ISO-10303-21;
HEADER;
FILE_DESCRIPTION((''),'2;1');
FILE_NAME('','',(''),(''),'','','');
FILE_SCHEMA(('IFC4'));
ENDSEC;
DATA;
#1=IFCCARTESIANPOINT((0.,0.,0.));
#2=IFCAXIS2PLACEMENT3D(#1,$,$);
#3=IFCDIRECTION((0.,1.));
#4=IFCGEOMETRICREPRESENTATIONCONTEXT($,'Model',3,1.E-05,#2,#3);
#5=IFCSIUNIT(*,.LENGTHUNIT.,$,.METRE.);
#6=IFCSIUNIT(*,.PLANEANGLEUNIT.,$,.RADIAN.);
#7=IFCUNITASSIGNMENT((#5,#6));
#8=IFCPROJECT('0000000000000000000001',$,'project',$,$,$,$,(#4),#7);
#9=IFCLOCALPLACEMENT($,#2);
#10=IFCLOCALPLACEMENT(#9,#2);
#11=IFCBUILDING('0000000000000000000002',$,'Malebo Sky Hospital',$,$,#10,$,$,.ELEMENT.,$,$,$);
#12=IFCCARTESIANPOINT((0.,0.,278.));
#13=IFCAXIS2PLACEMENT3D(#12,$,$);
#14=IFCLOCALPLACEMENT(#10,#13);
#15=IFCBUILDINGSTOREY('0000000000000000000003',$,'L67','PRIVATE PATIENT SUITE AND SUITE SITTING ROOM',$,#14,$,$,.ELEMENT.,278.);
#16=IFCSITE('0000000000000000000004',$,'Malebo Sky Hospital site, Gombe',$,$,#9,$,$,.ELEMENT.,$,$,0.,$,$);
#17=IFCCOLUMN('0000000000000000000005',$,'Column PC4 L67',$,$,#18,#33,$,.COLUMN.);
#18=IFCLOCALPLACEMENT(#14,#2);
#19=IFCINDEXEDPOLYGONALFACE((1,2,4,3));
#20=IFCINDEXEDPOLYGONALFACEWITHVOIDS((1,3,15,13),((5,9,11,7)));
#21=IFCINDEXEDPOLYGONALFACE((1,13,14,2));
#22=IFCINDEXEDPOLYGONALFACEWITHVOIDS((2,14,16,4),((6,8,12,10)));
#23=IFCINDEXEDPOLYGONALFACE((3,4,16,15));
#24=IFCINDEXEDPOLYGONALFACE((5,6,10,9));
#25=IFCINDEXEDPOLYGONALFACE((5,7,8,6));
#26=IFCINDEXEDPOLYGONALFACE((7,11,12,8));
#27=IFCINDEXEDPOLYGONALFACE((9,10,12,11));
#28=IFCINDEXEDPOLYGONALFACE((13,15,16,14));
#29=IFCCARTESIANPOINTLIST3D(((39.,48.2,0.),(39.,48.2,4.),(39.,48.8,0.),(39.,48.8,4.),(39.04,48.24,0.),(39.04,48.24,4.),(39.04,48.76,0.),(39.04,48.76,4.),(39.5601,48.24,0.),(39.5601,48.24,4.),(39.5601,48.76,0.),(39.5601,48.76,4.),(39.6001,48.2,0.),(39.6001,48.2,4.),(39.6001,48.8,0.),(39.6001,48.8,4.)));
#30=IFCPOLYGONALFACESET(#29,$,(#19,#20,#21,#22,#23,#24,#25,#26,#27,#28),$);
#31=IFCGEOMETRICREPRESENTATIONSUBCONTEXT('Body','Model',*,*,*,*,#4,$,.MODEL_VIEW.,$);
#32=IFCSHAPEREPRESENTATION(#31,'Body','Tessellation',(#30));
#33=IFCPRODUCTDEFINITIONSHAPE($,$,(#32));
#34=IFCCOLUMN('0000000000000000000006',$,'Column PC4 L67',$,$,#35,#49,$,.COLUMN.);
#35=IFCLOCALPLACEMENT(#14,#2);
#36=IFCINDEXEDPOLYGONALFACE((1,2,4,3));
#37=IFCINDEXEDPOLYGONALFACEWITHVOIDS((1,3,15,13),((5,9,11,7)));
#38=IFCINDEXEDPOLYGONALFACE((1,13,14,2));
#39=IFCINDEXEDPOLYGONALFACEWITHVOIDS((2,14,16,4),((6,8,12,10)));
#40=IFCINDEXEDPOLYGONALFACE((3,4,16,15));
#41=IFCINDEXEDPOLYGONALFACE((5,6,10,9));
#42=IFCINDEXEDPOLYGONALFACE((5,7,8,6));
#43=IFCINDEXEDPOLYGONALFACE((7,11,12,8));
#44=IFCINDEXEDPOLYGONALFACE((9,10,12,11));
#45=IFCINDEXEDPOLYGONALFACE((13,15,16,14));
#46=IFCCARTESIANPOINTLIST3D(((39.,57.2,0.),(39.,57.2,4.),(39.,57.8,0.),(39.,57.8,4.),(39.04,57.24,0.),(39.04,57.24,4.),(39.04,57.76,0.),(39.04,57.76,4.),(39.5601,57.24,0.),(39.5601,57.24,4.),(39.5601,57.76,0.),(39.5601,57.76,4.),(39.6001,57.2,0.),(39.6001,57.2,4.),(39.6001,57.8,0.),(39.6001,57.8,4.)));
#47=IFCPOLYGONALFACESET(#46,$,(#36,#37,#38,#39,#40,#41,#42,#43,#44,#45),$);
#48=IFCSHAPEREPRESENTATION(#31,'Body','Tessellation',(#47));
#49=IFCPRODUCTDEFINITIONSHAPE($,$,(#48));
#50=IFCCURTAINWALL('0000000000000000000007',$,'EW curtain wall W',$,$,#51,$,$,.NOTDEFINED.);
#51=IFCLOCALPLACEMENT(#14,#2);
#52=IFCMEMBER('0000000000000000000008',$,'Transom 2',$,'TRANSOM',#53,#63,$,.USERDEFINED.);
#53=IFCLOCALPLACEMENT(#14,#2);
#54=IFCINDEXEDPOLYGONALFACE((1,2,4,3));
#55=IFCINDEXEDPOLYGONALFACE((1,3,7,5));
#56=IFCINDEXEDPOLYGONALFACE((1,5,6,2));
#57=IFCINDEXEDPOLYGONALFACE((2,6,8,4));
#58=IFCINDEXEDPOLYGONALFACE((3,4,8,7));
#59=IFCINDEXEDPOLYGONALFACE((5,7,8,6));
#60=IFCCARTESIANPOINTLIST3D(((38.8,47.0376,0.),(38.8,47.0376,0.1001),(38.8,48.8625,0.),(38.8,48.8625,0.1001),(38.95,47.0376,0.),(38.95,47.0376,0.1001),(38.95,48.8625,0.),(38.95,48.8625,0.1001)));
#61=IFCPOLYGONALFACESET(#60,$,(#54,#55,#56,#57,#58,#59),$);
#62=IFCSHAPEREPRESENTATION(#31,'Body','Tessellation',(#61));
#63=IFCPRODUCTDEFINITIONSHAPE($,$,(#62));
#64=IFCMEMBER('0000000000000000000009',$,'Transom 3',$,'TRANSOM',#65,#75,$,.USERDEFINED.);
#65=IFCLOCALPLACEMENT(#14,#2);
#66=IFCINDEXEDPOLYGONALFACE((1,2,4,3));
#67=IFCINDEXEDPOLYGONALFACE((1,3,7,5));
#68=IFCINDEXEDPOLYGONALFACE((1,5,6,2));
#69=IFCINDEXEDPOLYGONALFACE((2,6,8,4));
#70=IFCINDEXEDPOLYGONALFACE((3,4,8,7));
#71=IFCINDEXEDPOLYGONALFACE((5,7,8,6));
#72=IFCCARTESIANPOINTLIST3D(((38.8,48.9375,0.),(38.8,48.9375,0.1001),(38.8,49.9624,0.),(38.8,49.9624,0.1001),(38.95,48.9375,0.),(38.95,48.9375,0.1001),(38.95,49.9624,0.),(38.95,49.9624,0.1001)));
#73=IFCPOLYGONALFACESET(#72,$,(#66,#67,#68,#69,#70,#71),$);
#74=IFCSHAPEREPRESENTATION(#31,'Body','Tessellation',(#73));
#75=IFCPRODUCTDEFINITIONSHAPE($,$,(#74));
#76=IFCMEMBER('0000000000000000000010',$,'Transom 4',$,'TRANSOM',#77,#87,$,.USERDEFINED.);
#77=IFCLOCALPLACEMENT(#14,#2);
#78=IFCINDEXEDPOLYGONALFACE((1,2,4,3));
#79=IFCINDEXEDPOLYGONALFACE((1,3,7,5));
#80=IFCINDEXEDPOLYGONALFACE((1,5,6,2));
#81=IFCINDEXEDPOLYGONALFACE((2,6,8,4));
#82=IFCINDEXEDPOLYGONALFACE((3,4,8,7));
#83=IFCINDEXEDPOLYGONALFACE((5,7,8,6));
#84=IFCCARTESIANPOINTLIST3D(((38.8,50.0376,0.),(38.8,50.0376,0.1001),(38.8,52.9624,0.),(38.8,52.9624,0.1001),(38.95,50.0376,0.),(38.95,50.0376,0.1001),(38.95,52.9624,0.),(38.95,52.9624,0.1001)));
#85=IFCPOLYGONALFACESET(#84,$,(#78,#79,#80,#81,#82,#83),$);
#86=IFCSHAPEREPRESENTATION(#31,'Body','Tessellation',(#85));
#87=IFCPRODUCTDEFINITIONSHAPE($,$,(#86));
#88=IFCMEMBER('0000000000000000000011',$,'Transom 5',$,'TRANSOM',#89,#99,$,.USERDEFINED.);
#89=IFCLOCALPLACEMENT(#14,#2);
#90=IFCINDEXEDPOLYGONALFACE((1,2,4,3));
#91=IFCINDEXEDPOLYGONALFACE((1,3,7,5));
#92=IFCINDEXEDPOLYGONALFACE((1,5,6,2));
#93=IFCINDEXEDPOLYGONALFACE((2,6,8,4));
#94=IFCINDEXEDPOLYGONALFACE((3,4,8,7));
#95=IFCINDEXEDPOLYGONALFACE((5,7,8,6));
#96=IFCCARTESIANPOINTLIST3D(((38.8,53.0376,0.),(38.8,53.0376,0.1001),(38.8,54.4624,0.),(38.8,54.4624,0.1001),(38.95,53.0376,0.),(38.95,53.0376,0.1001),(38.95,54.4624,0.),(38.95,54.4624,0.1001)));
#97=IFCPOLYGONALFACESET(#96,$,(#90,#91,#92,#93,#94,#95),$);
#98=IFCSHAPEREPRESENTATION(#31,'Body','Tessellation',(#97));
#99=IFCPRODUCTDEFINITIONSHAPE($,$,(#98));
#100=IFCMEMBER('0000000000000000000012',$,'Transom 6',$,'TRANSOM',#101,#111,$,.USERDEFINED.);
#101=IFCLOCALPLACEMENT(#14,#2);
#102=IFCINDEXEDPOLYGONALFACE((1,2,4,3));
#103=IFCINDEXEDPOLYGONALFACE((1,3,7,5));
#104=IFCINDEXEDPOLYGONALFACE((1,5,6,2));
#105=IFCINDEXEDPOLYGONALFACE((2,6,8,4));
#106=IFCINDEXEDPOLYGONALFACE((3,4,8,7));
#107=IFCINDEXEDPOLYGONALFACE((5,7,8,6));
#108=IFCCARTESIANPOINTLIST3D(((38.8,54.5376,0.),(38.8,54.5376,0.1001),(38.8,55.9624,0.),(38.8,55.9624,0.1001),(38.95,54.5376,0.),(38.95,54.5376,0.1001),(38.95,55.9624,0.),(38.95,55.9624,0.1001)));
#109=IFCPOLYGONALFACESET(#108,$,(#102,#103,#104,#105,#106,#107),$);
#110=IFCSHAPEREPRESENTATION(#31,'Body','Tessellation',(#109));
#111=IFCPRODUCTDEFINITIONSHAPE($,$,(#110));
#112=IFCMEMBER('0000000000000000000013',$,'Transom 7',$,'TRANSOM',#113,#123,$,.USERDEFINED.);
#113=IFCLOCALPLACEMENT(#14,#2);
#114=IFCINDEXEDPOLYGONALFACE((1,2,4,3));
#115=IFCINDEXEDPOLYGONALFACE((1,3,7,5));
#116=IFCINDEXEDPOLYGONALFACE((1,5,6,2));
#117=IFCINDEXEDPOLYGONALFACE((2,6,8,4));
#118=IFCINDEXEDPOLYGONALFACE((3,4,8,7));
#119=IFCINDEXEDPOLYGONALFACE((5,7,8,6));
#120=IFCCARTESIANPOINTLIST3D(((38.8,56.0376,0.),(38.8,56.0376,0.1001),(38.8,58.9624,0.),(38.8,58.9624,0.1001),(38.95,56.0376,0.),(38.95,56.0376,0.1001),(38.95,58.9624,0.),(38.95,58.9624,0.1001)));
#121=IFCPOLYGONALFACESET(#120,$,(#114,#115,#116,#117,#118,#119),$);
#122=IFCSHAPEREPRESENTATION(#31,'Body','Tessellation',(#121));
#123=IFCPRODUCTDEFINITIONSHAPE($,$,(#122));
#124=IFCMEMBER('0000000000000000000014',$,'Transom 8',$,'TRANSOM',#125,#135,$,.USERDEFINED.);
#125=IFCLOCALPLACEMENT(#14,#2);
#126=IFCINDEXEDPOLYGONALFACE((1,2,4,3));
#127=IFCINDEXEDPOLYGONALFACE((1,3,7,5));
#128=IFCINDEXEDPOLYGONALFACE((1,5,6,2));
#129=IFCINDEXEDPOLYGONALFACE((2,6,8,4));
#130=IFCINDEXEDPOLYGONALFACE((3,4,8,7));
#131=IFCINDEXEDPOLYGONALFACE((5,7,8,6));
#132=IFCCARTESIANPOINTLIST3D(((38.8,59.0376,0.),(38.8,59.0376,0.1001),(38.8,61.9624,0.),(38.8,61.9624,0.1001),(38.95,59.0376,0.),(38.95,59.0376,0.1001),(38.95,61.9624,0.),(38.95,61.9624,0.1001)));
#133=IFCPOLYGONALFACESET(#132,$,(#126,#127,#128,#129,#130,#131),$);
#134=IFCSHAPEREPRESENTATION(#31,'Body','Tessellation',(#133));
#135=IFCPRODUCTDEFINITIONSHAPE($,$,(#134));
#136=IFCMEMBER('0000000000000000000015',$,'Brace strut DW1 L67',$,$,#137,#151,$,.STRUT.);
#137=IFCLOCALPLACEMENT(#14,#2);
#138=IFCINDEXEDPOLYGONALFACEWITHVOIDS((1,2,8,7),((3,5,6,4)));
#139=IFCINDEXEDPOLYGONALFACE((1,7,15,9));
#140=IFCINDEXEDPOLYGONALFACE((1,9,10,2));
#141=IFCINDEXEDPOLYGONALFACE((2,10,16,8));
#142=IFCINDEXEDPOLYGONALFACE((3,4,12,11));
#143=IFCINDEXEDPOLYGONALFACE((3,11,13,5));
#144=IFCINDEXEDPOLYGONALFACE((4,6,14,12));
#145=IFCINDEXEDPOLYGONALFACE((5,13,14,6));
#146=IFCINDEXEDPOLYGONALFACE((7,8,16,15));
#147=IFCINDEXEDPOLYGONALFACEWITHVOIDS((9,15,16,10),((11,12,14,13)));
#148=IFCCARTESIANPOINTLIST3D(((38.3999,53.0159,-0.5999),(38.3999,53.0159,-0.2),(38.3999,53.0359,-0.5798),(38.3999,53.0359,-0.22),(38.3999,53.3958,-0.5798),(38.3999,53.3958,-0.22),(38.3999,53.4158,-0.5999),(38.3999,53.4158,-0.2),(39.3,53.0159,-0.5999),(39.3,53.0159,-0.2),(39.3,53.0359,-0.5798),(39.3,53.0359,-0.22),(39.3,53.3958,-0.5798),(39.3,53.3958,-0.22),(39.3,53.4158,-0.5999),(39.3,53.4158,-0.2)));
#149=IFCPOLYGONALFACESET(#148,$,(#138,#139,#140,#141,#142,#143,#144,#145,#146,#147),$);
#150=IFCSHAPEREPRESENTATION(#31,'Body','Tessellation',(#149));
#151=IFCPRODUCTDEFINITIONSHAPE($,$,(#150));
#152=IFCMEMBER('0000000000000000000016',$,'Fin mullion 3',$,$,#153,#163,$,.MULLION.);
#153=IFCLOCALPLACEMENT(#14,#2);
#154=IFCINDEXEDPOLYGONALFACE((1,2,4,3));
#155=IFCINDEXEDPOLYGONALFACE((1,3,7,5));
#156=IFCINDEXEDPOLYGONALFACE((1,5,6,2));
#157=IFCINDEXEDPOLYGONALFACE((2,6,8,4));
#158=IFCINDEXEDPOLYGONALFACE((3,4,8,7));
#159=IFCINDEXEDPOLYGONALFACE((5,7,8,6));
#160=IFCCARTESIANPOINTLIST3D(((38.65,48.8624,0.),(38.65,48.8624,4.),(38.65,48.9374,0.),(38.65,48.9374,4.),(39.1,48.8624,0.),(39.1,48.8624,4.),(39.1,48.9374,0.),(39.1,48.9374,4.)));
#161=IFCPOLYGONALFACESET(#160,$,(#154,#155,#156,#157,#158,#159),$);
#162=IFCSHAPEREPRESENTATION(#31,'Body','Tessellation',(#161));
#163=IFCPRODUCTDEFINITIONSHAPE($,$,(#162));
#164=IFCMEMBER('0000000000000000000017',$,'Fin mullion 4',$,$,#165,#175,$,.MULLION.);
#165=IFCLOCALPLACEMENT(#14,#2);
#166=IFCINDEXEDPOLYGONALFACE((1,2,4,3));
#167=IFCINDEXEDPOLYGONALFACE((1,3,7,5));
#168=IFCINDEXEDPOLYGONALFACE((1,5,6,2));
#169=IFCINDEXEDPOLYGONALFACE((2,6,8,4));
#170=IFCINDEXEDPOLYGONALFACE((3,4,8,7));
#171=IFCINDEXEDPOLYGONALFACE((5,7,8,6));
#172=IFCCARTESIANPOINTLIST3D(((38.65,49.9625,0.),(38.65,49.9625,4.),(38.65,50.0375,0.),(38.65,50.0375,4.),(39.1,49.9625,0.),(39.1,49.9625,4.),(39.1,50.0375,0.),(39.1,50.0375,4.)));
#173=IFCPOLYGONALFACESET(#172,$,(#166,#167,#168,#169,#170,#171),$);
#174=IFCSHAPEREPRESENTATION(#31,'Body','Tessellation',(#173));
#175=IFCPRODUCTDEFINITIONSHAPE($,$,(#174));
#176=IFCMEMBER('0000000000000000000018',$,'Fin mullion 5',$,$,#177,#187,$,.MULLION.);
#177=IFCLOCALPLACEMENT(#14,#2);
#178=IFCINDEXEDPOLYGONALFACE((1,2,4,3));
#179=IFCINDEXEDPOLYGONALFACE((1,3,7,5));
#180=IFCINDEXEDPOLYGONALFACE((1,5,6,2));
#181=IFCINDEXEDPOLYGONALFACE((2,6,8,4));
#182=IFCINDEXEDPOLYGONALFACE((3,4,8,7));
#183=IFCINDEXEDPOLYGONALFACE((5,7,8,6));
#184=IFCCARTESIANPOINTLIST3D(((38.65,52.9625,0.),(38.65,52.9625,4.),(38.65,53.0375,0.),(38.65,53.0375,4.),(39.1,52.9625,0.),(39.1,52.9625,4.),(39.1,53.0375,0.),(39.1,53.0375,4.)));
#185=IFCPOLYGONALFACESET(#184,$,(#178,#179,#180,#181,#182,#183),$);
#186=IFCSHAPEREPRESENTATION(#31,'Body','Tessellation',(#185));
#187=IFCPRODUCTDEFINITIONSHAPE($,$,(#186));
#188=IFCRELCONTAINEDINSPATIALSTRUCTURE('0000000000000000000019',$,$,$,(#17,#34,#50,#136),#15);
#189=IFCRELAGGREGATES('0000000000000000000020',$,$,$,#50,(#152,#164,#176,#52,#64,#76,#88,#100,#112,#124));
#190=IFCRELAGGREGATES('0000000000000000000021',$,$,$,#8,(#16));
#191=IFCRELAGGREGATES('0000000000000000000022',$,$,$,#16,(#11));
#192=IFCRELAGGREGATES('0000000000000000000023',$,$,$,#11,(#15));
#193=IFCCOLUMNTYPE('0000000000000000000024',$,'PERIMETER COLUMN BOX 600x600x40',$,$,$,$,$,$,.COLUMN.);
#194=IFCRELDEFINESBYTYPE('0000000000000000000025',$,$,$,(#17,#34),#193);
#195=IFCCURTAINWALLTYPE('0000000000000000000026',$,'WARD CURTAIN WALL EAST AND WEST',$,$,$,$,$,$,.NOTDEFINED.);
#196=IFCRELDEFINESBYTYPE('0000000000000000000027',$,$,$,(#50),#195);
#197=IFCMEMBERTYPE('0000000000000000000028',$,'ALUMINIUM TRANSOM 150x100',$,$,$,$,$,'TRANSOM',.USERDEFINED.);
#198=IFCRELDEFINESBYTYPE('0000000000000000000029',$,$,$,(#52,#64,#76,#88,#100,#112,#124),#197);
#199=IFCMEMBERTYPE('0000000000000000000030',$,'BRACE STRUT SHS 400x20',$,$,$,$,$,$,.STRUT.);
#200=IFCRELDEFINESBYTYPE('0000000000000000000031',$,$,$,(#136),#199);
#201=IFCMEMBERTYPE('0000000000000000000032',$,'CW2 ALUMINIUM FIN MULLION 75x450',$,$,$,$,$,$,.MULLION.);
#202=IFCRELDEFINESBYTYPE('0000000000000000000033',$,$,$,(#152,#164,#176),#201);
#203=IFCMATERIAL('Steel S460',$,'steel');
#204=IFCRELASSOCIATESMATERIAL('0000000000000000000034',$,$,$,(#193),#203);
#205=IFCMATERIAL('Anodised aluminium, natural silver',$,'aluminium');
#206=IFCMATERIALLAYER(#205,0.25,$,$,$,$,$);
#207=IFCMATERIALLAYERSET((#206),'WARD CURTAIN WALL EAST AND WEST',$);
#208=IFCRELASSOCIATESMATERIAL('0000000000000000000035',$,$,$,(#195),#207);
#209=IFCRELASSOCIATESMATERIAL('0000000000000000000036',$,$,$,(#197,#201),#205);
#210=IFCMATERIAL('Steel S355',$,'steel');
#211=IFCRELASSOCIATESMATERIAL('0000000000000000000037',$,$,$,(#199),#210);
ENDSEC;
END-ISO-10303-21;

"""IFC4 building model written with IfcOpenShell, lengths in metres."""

from ifc_helpers import new_model, si_unit, direction, frame, origin, origin_2d, place, context, subcontext, project, spatial, rectangle, hollow_rectangle, extrude, material, layer, layer_set, material_profile, profile_set, type_object, element, aggregate, save


model = new_model("IFC4")

# Units and contexts
model_context = context("Model", 3, precision=1e-05, world=origin(), true_north=direction((0.0, 1.0)))
body_context = subcontext(model_context, "Body", "Model", "MODEL_VIEW")
ifc_project = project(units=[si_unit("LENGTHUNIT", "METRE"), si_unit("PLANEANGLEUNIT", "RADIAN")], contexts=[model_context])

# Site, building, storey
site_placement = place(None, origin())
site = spatial("IfcSite", under=ifc_project, at=site_placement, Name="Malebo Sky Hospital site, Gombe", CompositionType="ELEMENT", RefElevation=0.0)
building_placement = place(site_placement, origin())
building = spatial("IfcBuilding", under=site, at=building_placement, Name="Malebo Sky Hospital", CompositionType="ELEMENT")
storey_placement = place(building_placement, frame((0.0, 0.0, 278.0)))
storey = spatial("IfcBuildingStorey", under=building, at=storey_placement, Name="L67", Description="PRIVATE PATIENT SUITE AND SUITE SITTING ROOM", CompositionType="ELEMENT", Elevation=278.0)

# Columns
ifc_material_1 = material(Name="Steel S460", Category="steel")
ifc_material_profile_1 = material_profile(ifc_material_1, hollow_rectangle(XDim=0.6001, YDim=0.6001, WallThickness=0.04, at=origin_2d()), Name="BOX 600x600x40")
ifc_profile_set_1 = profile_set([ifc_material_profile_1], Name="Steel S460")
column_type = type_object("IfcColumnType", Name="PERIMETER COLUMN BOX 600x600x40", PredefinedType="COLUMN", material=ifc_profile_set_1)
for number, where, z_axis, x_axis, name in (
    (1, (39.3, 48.5, 0.0), (0.0, 0.0, 1.0), (1.0, 0.0, 0.0), "Column PC4 L67"),
    (2, (39.3, 57.5, 0.0), (0.0, 0.0, 1.0), (1.0, 0.0, 0.0), "Column PC4 L67"),
):
    element("IfcColumn", number, at=place(storey_placement, frame(where, z_axis=z_axis, x_axis=x_axis)), inside=storey, type_object=column_type, Name=name, PredefinedType="COLUMN", context=body_context, shape_type="SweptSolid", body=[
        extrude(hollow_rectangle(XDim=0.6001, YDim=0.6001, WallThickness=0.04, at=origin_2d()), origin(), (0.0, 0.0, 1.0), 4.0),
    ])

# Curtain wall, members
ifc_material_2 = material(Name="Anodised aluminium, natural silver", Category="aluminium")
ifc_layer_1 = layer(ifc_material_2, 0.25)
ifc_layer_set_1 = layer_set([ifc_layer_1], Name="WARD CURTAIN WALL EAST AND WEST")
curtain_wall_type = type_object("IfcCurtainWallType", Name="WARD CURTAIN WALL EAST AND WEST", PredefinedType="NOTDEFINED", material=ifc_layer_set_1)
curtain_wall_placement = place(storey_placement, origin())
curtain_wall = element("IfcCurtainWall", 3, at=curtain_wall_placement, inside=storey, type_object=curtain_wall_type, Name="EW curtain wall W", PredefinedType="NOTDEFINED")
ifc_material_profile_2 = material_profile(ifc_material_2, rectangle(XDim=0.1499, YDim=0.1001, at=origin_2d()), Name="ALUMINIUM TRANSOM 150x100")
ifc_profile_set_2 = profile_set([ifc_material_profile_2], Name="Anodised aluminium, natural silver")
member_type_1 = type_object("IfcMemberType", Name="ALUMINIUM TRANSOM 150x100", ElementType="TRANSOM", PredefinedType="USERDEFINED", material=ifc_profile_set_2)
member_1_placement = place(storey_placement, frame((38.875, 47.0376, 0.05), z_axis=(0.0, 1.0, 0.0), x_axis=(-1.0, 0.0, 0.0)))
member_1 = element("IfcMember", 4, at=member_1_placement, type_object=member_type_1, Name="Transom 2", ObjectType="TRANSOM", PredefinedType="USERDEFINED", context=body_context, shape_type="SweptSolid", body=[
    extrude(rectangle(XDim=0.1499, YDim=0.1001, at=origin_2d()), origin(), (0.0, 0.0, 1.0), 1.825),
])
member_2_placement = place(storey_placement, frame((38.875, 48.9375, 0.05), z_axis=(0.0, 1.0, 0.0), x_axis=(-1.0, 0.0, 0.0)))
member_2 = element("IfcMember", 5, at=member_2_placement, type_object=member_type_1, Name="Transom 3", ObjectType="TRANSOM", PredefinedType="USERDEFINED", context=body_context, shape_type="SweptSolid", body=[
    extrude(rectangle(XDim=0.1499, YDim=0.1001, at=origin_2d()), origin(), (0.0, 0.0, 1.0), 1.0249),
])
member_3_placement = place(storey_placement, frame((38.875, 50.0376, 0.05), z_axis=(0.0, 1.0, 0.0), x_axis=(-1.0, 0.0, 0.0)))
member_3 = element("IfcMember", 6, at=member_3_placement, type_object=member_type_1, Name="Transom 4", ObjectType="TRANSOM", PredefinedType="USERDEFINED", context=body_context, shape_type="SweptSolid", body=[
    extrude(rectangle(XDim=0.1499, YDim=0.1001, at=origin_2d()), origin(), (0.0, 0.0, 1.0), 2.9248),
])
member_4_placement = place(storey_placement, frame((38.875, 53.0376, 0.05), z_axis=(0.0, 1.0, 0.0), x_axis=(-1.0, 0.0, 0.0)))
member_4 = element("IfcMember", 7, at=member_4_placement, type_object=member_type_1, Name="Transom 5", ObjectType="TRANSOM", PredefinedType="USERDEFINED", context=body_context, shape_type="SweptSolid", body=[
    extrude(rectangle(XDim=0.1499, YDim=0.1001, at=origin_2d()), origin(), (0.0, 0.0, 1.0), 1.4248),
])
member_5_placement = place(storey_placement, frame((38.875, 54.5376, 0.05), z_axis=(0.0, 1.0, 0.0), x_axis=(-1.0, 0.0, 0.0)))
member_5 = element("IfcMember", 8, at=member_5_placement, type_object=member_type_1, Name="Transom 6", ObjectType="TRANSOM", PredefinedType="USERDEFINED", context=body_context, shape_type="SweptSolid", body=[
    extrude(rectangle(XDim=0.1499, YDim=0.1001, at=origin_2d()), origin(), (0.0, 0.0, 1.0), 1.4248),
])
member_6_placement = place(storey_placement, frame((38.875, 56.0376, 0.05), z_axis=(0.0, 1.0, 0.0), x_axis=(-1.0, 0.0, 0.0)))
member_6 = element("IfcMember", 9, at=member_6_placement, type_object=member_type_1, Name="Transom 7", ObjectType="TRANSOM", PredefinedType="USERDEFINED", context=body_context, shape_type="SweptSolid", body=[
    extrude(rectangle(XDim=0.1499, YDim=0.1001, at=origin_2d()), origin(), (0.0, 0.0, 1.0), 2.9248),
])
member_7_placement = place(storey_placement, frame((38.875, 59.0376, 0.05), z_axis=(0.0, 1.0, 0.0), x_axis=(-1.0, 0.0, 0.0)))
member_7 = element("IfcMember", 10, at=member_7_placement, type_object=member_type_1, Name="Transom 8", ObjectType="TRANSOM", PredefinedType="USERDEFINED", context=body_context, shape_type="SweptSolid", body=[
    extrude(rectangle(XDim=0.1499, YDim=0.1001, at=origin_2d()), origin(), (0.0, 0.0, 1.0), 2.9248),
])

# Members
ifc_material_3 = material(Name="Steel S355", Category="steel")
ifc_material_profile_3 = material_profile(ifc_material_3, hollow_rectangle(XDim=0.3999, YDim=0.3999, WallThickness=0.02, at=origin_2d()), Name="SHS 400x20")
ifc_profile_set_3 = profile_set([ifc_material_profile_3], Name="Steel S355")
member_type_2 = type_object("IfcMemberType", Name="BRACE STRUT SHS 400x20", PredefinedType="STRUT", material=ifc_profile_set_3)
member_8_placement = place(storey_placement, frame((38.3999, 53.2158, -0.3999), z_axis=(1.0, 0.0, 0.0), x_axis=(0.0, 1.0, 0.0)))
element("IfcMember", 11, at=member_8_placement, inside=storey, type_object=member_type_2, Name="Brace strut DW1 L67", PredefinedType="STRUT", context=body_context, shape_type="SweptSolid", body=[
    extrude(hollow_rectangle(XDim=0.3999, YDim=0.3999, WallThickness=0.02, at=origin_2d()), origin(), (0.0, 0.0, 1.0), 0.9001),
])
ifc_material_profile_4 = material_profile(ifc_material_2, rectangle(XDim=0.075, YDim=0.45, at=origin_2d()), Name="CW2 ALUMINIUM FIN MULLION 75x450")
ifc_profile_set_4 = profile_set([ifc_material_profile_4], Name="Anodised aluminium, natural silver")
member_type_3 = type_object("IfcMemberType", Name="CW2 ALUMINIUM FIN MULLION 75x450", PredefinedType="MULLION", material=ifc_profile_set_4)
member_9_placement = place(storey_placement, frame((38.875, 48.8999, 0.0), z_axis=(0.0, 0.0, 1.0), x_axis=(0.0, 1.0, 0.0)))
member_9 = element("IfcMember", 12, at=member_9_placement, type_object=member_type_3, Name="Fin mullion 3", PredefinedType="MULLION", context=body_context, shape_type="SweptSolid", body=[
    extrude(rectangle(XDim=0.075, YDim=0.45, at=origin_2d()), origin(), (0.0, 0.0, 1.0), 4.0),
])
member_10_placement = place(storey_placement, frame((38.875, 50.0, 0.0), z_axis=(0.0, 0.0, 1.0), x_axis=(0.0, 1.0, 0.0)))
member_10 = element("IfcMember", 13, at=member_10_placement, type_object=member_type_3, Name="Fin mullion 4", PredefinedType="MULLION", context=body_context, shape_type="SweptSolid", body=[
    extrude(rectangle(XDim=0.075, YDim=0.45, at=origin_2d()), origin(), (0.0, 0.0, 1.0), 4.0),
])
member_11_placement = place(storey_placement, frame((38.875, 53.0, 0.0), z_axis=(0.0, 0.0, 1.0), x_axis=(0.0, 1.0, 0.0)))
member_11 = element("IfcMember", 14, at=member_11_placement, type_object=member_type_3, Name="Fin mullion 5", PredefinedType="MULLION", context=body_context, shape_type="SweptSolid", body=[
    extrude(rectangle(XDim=0.075, YDim=0.45, at=origin_2d()), origin(), (0.0, 0.0, 1.0), 4.0),
])

aggregate(curtain_wall, [member_9, member_10, member_11, member_1, member_2, member_3, member_4, member_5, member_6, member_7])

save(model, "model.ifc")
